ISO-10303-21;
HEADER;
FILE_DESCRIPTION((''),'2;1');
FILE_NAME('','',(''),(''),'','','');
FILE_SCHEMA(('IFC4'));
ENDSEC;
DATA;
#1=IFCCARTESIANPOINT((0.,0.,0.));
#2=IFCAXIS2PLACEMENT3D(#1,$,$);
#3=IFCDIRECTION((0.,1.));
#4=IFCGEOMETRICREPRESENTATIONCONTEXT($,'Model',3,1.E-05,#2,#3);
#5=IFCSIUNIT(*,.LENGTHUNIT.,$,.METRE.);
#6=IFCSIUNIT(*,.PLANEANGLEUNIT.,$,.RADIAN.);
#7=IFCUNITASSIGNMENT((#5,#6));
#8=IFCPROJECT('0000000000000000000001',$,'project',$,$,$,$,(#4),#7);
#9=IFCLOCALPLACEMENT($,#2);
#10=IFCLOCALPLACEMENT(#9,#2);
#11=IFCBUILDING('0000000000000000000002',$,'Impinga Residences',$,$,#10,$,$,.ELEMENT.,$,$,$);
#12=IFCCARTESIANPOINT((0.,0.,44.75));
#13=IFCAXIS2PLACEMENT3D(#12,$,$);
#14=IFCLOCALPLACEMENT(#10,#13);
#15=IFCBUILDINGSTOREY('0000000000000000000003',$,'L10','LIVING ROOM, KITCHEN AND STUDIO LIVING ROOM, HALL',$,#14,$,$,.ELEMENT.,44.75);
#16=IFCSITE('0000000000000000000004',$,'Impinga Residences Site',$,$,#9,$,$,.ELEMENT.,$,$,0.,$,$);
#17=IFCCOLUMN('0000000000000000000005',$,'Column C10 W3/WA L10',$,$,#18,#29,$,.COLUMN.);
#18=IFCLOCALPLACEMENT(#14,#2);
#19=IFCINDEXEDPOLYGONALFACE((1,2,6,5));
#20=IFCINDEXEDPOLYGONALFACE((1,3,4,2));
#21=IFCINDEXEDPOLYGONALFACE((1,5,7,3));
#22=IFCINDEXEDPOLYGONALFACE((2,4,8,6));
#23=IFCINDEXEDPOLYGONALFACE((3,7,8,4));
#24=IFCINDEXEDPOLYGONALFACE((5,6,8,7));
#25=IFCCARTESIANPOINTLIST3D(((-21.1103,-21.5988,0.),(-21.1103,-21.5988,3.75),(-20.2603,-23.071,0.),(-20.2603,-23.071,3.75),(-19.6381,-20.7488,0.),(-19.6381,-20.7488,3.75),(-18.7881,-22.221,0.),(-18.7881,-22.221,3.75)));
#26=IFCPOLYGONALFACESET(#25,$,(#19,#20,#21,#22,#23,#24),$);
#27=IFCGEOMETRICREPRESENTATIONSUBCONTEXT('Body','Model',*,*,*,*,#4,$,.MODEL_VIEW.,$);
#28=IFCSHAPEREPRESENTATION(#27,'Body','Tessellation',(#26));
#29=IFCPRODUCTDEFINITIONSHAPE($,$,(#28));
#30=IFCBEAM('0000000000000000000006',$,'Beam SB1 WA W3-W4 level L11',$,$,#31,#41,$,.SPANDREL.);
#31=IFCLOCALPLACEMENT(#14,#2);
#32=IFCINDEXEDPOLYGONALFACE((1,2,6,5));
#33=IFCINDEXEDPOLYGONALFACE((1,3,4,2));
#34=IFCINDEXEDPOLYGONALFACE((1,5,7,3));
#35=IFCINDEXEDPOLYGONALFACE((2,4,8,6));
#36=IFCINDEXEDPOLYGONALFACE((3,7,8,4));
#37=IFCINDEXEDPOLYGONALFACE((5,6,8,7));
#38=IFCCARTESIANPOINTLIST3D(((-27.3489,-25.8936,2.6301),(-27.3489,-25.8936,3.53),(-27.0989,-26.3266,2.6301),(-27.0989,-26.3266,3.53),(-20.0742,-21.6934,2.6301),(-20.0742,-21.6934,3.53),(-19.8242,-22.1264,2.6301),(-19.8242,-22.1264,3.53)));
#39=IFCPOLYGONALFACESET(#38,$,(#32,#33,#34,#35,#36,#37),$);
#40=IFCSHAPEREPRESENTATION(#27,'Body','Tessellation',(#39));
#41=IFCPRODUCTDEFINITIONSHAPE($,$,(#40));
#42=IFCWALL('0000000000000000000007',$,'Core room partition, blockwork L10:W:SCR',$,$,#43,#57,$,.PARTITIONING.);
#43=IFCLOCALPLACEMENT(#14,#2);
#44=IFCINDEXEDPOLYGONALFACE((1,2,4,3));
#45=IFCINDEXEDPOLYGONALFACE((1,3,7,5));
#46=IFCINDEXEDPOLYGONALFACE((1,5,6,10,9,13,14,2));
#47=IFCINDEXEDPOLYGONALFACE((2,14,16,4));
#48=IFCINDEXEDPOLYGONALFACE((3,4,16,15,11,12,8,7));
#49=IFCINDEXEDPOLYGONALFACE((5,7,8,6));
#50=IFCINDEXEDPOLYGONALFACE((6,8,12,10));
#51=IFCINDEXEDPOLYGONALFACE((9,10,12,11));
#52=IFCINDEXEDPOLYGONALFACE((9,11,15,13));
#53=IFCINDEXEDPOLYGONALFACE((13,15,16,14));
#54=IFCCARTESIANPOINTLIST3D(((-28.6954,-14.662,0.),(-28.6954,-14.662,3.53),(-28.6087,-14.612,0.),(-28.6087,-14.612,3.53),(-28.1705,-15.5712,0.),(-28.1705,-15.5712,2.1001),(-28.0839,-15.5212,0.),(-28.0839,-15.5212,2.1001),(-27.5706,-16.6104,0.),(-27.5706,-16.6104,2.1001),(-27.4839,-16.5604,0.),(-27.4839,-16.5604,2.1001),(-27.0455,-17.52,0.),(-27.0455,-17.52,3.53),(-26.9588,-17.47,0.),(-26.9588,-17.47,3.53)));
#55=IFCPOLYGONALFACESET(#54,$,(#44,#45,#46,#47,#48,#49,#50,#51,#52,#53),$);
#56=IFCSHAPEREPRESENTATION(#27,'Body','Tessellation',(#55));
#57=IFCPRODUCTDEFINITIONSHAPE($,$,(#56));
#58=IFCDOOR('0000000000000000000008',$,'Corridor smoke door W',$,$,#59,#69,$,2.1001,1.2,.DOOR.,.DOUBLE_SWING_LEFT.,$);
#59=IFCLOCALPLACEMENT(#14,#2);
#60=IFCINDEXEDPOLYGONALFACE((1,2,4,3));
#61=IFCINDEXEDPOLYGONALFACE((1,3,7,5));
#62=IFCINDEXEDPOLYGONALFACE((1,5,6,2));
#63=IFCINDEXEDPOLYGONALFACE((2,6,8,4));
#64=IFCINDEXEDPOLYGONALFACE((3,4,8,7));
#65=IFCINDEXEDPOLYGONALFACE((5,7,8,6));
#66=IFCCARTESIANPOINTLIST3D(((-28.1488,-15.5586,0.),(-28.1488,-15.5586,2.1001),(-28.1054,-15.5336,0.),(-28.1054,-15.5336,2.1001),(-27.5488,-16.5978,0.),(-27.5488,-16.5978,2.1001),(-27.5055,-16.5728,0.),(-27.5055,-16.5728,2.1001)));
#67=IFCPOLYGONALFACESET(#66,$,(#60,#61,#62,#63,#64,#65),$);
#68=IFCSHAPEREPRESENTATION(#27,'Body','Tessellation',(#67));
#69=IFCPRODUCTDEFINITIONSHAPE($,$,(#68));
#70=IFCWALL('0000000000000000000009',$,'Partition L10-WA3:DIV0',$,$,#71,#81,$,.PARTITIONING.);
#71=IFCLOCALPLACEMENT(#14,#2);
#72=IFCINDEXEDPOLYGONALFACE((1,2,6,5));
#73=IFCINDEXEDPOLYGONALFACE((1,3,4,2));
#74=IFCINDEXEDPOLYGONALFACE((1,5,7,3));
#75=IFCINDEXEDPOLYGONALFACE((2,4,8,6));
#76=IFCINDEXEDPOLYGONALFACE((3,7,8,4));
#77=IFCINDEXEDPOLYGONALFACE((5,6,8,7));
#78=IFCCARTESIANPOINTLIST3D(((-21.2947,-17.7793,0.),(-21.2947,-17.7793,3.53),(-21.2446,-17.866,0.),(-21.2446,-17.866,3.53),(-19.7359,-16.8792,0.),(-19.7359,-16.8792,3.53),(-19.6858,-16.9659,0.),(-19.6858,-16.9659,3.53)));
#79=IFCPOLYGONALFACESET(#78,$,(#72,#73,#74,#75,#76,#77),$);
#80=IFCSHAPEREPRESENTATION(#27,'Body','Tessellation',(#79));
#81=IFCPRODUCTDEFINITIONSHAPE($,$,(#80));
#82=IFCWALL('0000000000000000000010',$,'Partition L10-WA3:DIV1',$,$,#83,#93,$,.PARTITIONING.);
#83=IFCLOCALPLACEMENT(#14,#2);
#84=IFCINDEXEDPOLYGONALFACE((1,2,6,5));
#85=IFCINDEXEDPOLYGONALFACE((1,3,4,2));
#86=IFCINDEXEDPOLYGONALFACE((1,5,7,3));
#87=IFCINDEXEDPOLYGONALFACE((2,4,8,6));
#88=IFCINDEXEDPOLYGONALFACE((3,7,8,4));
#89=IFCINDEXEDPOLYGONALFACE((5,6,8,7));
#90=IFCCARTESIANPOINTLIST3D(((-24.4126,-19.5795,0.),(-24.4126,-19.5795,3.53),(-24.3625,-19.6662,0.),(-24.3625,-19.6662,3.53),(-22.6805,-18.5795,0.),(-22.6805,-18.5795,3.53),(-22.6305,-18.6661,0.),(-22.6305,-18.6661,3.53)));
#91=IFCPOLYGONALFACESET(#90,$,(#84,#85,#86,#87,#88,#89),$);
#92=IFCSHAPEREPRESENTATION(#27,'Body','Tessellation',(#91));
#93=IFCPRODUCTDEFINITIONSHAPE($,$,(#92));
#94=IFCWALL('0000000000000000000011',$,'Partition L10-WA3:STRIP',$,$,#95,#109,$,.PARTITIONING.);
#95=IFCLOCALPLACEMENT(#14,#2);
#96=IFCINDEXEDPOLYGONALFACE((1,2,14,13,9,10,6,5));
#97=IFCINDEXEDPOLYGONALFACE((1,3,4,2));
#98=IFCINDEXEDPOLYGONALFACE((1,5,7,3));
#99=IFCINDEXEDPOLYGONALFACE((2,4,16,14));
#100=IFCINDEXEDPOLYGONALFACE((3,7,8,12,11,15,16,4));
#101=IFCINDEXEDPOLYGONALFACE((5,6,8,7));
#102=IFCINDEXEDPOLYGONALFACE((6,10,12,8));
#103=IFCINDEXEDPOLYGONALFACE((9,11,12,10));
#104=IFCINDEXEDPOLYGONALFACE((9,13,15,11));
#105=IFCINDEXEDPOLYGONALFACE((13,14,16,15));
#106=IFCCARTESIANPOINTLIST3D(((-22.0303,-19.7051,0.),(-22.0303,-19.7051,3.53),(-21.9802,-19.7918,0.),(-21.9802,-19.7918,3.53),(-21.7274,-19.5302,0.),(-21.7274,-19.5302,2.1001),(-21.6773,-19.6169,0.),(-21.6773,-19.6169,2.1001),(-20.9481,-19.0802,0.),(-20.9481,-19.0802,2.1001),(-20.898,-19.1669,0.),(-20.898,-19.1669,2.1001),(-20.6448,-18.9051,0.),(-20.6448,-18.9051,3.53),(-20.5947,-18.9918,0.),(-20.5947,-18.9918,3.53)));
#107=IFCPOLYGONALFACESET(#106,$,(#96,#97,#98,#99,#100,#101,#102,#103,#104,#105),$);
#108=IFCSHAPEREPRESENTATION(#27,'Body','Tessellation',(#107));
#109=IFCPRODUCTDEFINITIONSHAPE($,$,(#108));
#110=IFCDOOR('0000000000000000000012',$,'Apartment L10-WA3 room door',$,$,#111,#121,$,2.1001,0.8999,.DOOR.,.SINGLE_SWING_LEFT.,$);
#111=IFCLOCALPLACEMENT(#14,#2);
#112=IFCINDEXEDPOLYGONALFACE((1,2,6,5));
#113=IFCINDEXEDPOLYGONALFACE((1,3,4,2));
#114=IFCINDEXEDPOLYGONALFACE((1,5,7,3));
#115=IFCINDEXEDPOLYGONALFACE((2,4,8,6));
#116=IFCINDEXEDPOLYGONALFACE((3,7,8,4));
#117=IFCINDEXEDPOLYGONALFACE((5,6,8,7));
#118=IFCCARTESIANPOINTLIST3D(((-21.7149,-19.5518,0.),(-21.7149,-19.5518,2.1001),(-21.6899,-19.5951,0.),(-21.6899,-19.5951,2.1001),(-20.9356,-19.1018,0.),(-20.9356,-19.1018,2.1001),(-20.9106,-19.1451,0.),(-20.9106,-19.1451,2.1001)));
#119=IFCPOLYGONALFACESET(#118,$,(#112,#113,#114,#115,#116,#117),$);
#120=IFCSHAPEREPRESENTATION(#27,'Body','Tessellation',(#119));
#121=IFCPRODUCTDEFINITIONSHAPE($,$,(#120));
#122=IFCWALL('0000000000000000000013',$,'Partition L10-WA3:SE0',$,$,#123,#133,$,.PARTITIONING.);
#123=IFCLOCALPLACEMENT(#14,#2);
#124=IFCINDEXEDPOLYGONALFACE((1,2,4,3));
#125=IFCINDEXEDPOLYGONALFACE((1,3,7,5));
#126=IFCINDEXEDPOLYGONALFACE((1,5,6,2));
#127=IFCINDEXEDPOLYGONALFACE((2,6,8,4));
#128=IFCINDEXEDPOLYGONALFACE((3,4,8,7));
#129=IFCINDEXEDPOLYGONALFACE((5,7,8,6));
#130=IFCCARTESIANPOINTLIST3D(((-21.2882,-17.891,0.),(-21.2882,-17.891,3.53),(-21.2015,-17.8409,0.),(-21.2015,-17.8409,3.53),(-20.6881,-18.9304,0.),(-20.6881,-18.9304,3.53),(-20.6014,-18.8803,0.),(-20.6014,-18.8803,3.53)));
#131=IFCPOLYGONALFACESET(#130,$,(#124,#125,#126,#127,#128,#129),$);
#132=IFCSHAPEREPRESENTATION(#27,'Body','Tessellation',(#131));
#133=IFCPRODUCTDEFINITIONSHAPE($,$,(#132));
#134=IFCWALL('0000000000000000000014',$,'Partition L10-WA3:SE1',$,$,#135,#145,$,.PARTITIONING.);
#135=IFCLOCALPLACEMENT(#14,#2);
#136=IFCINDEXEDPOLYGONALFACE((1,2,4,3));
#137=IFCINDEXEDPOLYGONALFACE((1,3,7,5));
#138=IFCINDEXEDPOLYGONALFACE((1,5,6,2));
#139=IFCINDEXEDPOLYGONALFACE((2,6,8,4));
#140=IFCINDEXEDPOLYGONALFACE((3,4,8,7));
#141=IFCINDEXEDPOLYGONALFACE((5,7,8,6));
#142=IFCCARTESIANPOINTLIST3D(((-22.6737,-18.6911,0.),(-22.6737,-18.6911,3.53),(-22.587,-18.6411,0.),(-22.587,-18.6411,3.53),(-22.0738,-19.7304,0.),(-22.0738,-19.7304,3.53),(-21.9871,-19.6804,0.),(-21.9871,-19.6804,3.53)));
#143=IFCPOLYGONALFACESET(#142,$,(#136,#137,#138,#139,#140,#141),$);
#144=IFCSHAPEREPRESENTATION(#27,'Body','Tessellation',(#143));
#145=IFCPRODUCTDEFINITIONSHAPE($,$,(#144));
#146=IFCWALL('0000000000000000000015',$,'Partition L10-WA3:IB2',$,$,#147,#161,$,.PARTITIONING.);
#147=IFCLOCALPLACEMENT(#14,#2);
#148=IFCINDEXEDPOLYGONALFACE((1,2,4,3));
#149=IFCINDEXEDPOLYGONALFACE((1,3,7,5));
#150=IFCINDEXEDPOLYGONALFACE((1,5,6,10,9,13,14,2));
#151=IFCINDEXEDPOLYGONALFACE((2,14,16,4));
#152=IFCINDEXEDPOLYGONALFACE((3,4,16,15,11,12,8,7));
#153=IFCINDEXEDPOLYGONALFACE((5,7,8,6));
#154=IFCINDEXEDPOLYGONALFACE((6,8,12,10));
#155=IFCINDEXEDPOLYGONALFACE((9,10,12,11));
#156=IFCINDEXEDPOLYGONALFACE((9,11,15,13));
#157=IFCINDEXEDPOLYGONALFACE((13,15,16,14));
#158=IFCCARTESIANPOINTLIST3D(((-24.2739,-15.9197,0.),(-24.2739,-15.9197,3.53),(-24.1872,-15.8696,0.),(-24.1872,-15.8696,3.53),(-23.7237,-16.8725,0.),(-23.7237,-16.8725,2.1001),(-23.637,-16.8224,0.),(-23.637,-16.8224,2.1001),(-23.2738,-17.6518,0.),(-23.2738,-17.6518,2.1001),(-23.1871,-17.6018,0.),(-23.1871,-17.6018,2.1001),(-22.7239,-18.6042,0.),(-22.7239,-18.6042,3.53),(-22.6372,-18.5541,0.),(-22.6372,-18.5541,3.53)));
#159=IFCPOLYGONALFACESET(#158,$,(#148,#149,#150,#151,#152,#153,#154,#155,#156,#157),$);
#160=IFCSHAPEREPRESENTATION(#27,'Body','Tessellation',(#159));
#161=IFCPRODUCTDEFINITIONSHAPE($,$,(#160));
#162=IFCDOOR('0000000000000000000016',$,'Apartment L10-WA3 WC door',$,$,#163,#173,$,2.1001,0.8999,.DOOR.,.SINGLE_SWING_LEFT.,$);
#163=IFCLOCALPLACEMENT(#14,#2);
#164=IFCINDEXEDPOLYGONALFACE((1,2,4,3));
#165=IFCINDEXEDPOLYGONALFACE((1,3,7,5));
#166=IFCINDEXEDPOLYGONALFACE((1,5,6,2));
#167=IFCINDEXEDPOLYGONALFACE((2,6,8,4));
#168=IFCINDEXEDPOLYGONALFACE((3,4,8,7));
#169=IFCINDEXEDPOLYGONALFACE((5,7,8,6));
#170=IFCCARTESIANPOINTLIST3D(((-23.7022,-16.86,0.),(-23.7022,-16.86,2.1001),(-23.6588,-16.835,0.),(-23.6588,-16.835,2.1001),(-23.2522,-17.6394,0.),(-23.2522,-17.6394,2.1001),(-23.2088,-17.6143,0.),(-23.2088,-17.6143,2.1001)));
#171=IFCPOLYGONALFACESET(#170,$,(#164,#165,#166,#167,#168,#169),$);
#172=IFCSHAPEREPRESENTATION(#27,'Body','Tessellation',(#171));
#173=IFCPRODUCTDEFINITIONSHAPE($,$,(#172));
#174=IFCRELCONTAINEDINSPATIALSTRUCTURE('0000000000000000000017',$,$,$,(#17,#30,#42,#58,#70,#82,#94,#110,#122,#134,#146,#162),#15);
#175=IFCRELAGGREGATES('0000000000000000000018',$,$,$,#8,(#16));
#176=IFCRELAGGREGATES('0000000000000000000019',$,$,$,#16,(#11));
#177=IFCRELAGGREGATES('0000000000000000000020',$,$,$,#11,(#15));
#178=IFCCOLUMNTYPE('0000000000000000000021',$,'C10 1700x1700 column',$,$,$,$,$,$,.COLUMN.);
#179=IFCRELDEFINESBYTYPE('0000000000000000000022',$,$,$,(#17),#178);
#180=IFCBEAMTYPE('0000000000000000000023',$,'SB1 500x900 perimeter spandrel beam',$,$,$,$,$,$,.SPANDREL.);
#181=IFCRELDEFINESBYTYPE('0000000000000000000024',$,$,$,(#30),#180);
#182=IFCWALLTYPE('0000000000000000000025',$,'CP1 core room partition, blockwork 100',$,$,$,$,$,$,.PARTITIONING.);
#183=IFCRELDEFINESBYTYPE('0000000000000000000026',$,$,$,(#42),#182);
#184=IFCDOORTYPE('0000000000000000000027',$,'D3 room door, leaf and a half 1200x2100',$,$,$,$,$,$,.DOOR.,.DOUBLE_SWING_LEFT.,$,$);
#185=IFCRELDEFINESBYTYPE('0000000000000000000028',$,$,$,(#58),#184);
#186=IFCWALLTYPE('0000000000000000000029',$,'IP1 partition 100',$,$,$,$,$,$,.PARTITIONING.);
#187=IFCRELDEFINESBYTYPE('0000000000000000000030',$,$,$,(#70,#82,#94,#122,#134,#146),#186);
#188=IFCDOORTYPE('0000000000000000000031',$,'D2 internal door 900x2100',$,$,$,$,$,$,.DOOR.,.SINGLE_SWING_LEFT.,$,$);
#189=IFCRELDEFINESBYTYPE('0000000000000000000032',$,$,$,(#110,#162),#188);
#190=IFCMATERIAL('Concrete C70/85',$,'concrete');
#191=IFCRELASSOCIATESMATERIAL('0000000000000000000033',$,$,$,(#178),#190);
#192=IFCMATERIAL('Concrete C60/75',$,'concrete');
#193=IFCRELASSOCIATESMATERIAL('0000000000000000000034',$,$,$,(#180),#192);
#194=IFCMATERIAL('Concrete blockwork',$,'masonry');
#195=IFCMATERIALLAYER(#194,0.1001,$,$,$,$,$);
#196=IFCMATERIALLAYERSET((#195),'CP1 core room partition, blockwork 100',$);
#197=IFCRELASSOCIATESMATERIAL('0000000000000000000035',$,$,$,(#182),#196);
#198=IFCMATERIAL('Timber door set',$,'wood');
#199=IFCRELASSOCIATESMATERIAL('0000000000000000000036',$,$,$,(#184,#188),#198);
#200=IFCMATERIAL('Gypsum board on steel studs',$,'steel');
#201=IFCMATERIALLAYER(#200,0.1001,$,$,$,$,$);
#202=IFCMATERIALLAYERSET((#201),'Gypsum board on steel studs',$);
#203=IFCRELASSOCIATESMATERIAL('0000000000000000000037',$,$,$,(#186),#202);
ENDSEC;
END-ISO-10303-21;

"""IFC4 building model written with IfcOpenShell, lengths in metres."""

from ifc_helpers import new_model, si_unit, direction, frame, frame_2d, origin, origin_2d, place, context, subcontext, project, spatial, rectangle, extrude, material, layer, layer_set, material_profile, profile_set, type_object, element, fill, save


model = new_model("IFC4")

# Units and contexts
model_context = context("Model", 3, precision=1e-05, world=origin(), true_north=direction((0.0, 1.0)))
body_context = subcontext(model_context, "Body", "Model", "MODEL_VIEW")
ifc_project = project(units=[si_unit("LENGTHUNIT", "METRE"), si_unit("PLANEANGLEUNIT", "RADIAN")], contexts=[model_context])

# Site, building, storey
site_placement = place(None, origin())
site = spatial("IfcSite", under=ifc_project, at=site_placement, Name="Impinga Residences Site", CompositionType="ELEMENT", RefElevation=0.0)
building_placement = place(site_placement, origin())
building = spatial("IfcBuilding", under=site, at=building_placement, Name="Impinga Residences", CompositionType="ELEMENT")
storey_placement = place(building_placement, frame((0.0, 0.0, 44.75)))
storey = spatial("IfcBuildingStorey", under=building, at=storey_placement, Name="L10", Description="LIVING ROOM, KITCHEN AND STUDIO LIVING ROOM, HALL", CompositionType="ELEMENT", Elevation=44.75)

# Column
ifc_material_1 = material(Name="Concrete C70/85", Category="concrete")
ifc_material_profile_1 = material_profile(ifc_material_1, rectangle(XDim=1.7, YDim=1.7, at=origin_2d()), Name="RC 1700x1700")
ifc_profile_set_1 = profile_set([ifc_material_profile_1], Name="Concrete C70/85")
column_type = type_object("IfcColumnType", Name="C10 1700x1700 column", PredefinedType="COLUMN", material=ifc_profile_set_1)
column_placement = place(storey_placement, frame((-19.9492, -21.9099, 0.0), z_axis=(0.0, 0.0, 1.0), x_axis=(-0.5, 0.866025, 0.0)))
element("IfcColumn", 1, at=column_placement, inside=storey, type_object=column_type, Name="Column C10 W3/WA L10", PredefinedType="COLUMN", context=body_context, shape_type="SweptSolid", body=[
    extrude(rectangle(XDim=1.7, YDim=1.7, at=origin_2d()), origin(), (0.0, 0.0, 1.0), 3.75),
])

# Beam
ifc_material_2 = material(Name="Concrete C60/75", Category="concrete")
ifc_material_profile_2 = material_profile(ifc_material_2, rectangle(XDim=0.5, YDim=0.8999, at=origin_2d()), Name="RC 500x900")
ifc_profile_set_2 = profile_set([ifc_material_profile_2], Name="Concrete C60/75")
beam_type = type_object("IfcBeamType", Name="SB1 500x900 perimeter spandrel beam", PredefinedType="SPANDREL", material=ifc_profile_set_2)
beam_placement = place(storey_placement, frame((-19.9492, -21.9099, 3.0801), z_axis=(-0.866017, -0.500015, 0.0), x_axis=(0.500015, -0.866017, 0.0)))
element("IfcBeam", 2, at=beam_placement, inside=storey, type_object=beam_type, Name="Beam SB1 WA W3-W4 level L11", PredefinedType="SPANDREL", context=body_context, shape_type="SweptSolid", body=[
    extrude(rectangle(XDim=0.5, YDim=0.8999, at=origin_2d()), origin(), (0.0, 0.0, 1.0), 8.4001),
])

# Wall, opening, door
ifc_material_3 = material(Name="Concrete blockwork", Category="masonry")
ifc_layer_1 = layer(ifc_material_3, 0.1001)
ifc_layer_set_1 = layer_set([ifc_layer_1], Name="CP1 core room partition, blockwork 100")
wall_type_1 = type_object("IfcWallType", Name="CP1 core room partition, blockwork 100", PredefinedType="PARTITIONING", material=ifc_layer_set_1)
wall_1_placement = place(storey_placement, frame((-27.0022, -17.4949, 0.0), z_axis=(0.0, 0.0, 1.0), x_axis=(-0.499974, 0.86604, 0.0)))
wall_1 = element("IfcWall", 3, at=wall_1_placement, inside=storey, type_object=wall_type_1, Name="Core room partition, blockwork L10:W:SCR", PredefinedType="PARTITIONING", context=body_context, shape_type="SweptSolid", body=[
    extrude(rectangle(XDim=3.3, YDim=0.1001, at=frame_2d((1.6499, 0.0))), origin(), (0.0, 0.0, 1.0), 3.53),
])
opening_1_placement = place(wall_1_placement, frame((1.05, 0.0, 0.0)))
opening_1 = element("IfcOpeningElement", 4, at=opening_1_placement, cuts=wall_1, PredefinedType="OPENING", context=body_context, shape_type="SweptSolid", body=[
    extrude(rectangle(XDim=1.2, YDim=2.1001, at=frame_2d((0.6001, 1.05))), frame((0.0, 0.0601, 0.0), z_axis=(0.0, -1.0, 0.0), x_axis=(1.0, 0.0, 0.0)), (0.0, 0.0, 1.0), 0.1201),
])
ifc_material_4 = material(Name="Timber door set", Category="wood")
door_type_1 = type_object("IfcDoorType", Name="D3 room door, leaf and a half 1200x2100", OperationType="DOUBLE_SWING_LEFT", PredefinedType="DOOR", material=ifc_material_4)
door_1_placement = place(opening_1_placement, origin())
door_1 = element("IfcDoor", 5, at=door_1_placement, inside=storey, type_object=door_type_1, Name="Corridor smoke door W", OperationType="DOUBLE_SWING_LEFT", OverallHeight=2.1001, OverallWidth=1.2, PredefinedType="DOOR", context=body_context, shape_type="SweptSolid", body=[
    extrude(rectangle(XDim=1.2, YDim=2.1001, at=frame_2d((0.6001, 1.05))), frame((0.0, 0.0249, 0.0), z_axis=(0.0, -1.0, 0.0), x_axis=(1.0, 0.0, 0.0)), (0.0, 0.0, 1.0), 0.05),
])
fill(opening_1, door_1)

# Walls
ifc_material_5 = material(Name="Gypsum board on steel studs", Category="steel")
ifc_layer_2 = layer(ifc_material_5, 0.1001)
ifc_layer_set_2 = layer_set([ifc_layer_2], Name="Gypsum board on steel studs")
wall_type_2 = type_object("IfcWallType", Name="IP1 partition 100", PredefinedType="PARTITIONING", material=ifc_layer_set_2)
wall_2_placement = place(storey_placement, frame((-19.7109, -16.9226, 0.0), z_axis=(0.0, 0.0, 1.0), x_axis=(-0.865989, -0.500063, 0.0)))
element("IfcWall", 6, at=wall_2_placement, inside=storey, type_object=wall_type_2, Name="Partition L10-WA3:DIV0", PredefinedType="PARTITIONING", context=body_context, shape_type="SweptSolid", body=[
    extrude(rectangle(XDim=1.8, YDim=0.1001, at=frame_2d((0.8999, 0.0))), origin(), (0.0, 0.0, 1.0), 3.53),
])
wall_3_placement = place(storey_placement, frame((-22.6555, -18.6228, 0.0), z_axis=(0.0, 0.0, 1.0), x_axis=(-0.866011, -0.500025, 0.0)))
element("IfcWall", 7, at=wall_3_placement, inside=storey, type_object=wall_type_2, Name="Partition L10-WA3:DIV1", PredefinedType="PARTITIONING", context=body_context, shape_type="SweptSolid", body=[
    extrude(rectangle(XDim=2.0, YDim=0.1001, at=frame_2d((1.0, 0.0))), origin(), (0.0, 0.0, 1.0), 3.53),
])

# Wall, opening, door
wall_4_placement = place(storey_placement, frame((-20.6199, -18.9485, 0.0), z_axis=(0.0, 0.0, 1.0), x_axis=(-0.86599, -0.500061, 0.0)))
wall_4 = element("IfcWall", 8, at=wall_4_placement, inside=storey, type_object=wall_type_2, Name="Partition L10-WA3:STRIP", PredefinedType="PARTITIONING", context=body_context, shape_type="SweptSolid", body=[
    extrude(rectangle(XDim=1.5999, YDim=0.1001, at=frame_2d((0.7998, 0.0))), origin(), (0.0, 0.0, 1.0), 3.53),
])
opening_2_placement = place(wall_4_placement, frame((0.3501, 0.0, 0.0)))
opening_2 = element("IfcOpeningElement", 9, at=opening_2_placement, cuts=wall_4, PredefinedType="OPENING", context=body_context, shape_type="SweptSolid", body=[
    extrude(rectangle(XDim=0.8999, YDim=2.1001, at=frame_2d((0.45, 1.05))), frame((0.0, 0.0601, 0.0), z_axis=(0.0, -1.0, 0.0), x_axis=(1.0, 0.0, 0.0)), (0.0, 0.0, 1.0), 0.1201),
])
door_type_2 = type_object("IfcDoorType", Name="D2 internal door 900x2100", OperationType="SINGLE_SWING_LEFT", PredefinedType="DOOR", material=ifc_material_4)
door_2_placement = place(opening_2_placement, origin())
door_2 = element("IfcDoor", 10, at=door_2_placement, inside=storey, type_object=door_type_2, Name="Apartment L10-WA3 room door", OperationType="SINGLE_SWING_LEFT", OverallHeight=2.1001, OverallWidth=0.8999, PredefinedType="DOOR", context=body_context, shape_type="SweptSolid", body=[
    extrude(rectangle(XDim=0.8999, YDim=2.1001, at=frame_2d((0.45, 1.05))), frame((0.0, 0.0249, 0.0), z_axis=(0.0, -1.0, 0.0), x_axis=(1.0, 0.0, 0.0)), (0.0, 0.0, 1.0), 0.05),
])
fill(opening_2, door_2)

# Walls
wall_5_placement = place(storey_placement, frame((-21.2449, -17.866, 0.0), z_axis=(0.0, 0.0, 1.0), x_axis=(0.500034, -0.866006, 0.0)))
element("IfcWall", 11, at=wall_5_placement, inside=storey, type_object=wall_type_2, Name="Partition L10-WA3:SE0", PredefinedType="PARTITIONING", context=body_context, shape_type="SweptSolid", body=[
    extrude(rectangle(XDim=1.2002, YDim=0.1001, at=frame_2d((0.6001, 0.0))), origin(), (0.0, 0.0, 1.0), 3.53),
])
wall_6_placement = place(storey_placement, frame((-22.6304, -18.666, 0.0), z_axis=(0.0, 0.0, 1.0), x_axis=(0.499881, -0.866094, 0.0)))
element("IfcWall", 12, at=wall_6_placement, inside=storey, type_object=wall_type_2, Name="Partition L10-WA3:SE1", PredefinedType="PARTITIONING", context=body_context, shape_type="SweptSolid", body=[
    extrude(rectangle(XDim=1.2, YDim=0.1001, at=frame_2d((0.6001, 0.0))), origin(), (0.0, 0.0, 1.0), 3.53),
])

# Wall, opening, door
wall_7_placement = place(storey_placement, frame((-24.2305, -15.8948, 0.0), z_axis=(0.0, 0.0, 1.0), x_axis=(0.500027, -0.86601, 0.0)))
wall_7 = element("IfcWall", 13, at=wall_7_placement, inside=storey, type_object=wall_type_2, Name="Partition L10-WA3:IB2", PredefinedType="PARTITIONING", context=body_context, shape_type="SweptSolid", body=[
    extrude(rectangle(XDim=3.0999, YDim=0.1001, at=frame_2d((1.5498, 0.0))), origin(), (0.0, 0.0, 1.0), 3.53),
])
opening_3_placement = place(wall_7_placement, frame((1.1001, 0.0, 0.0)))
opening_3 = element("IfcOpeningElement", 14, at=opening_3_placement, cuts=wall_7, PredefinedType="OPENING", context=body_context, shape_type="SweptSolid", body=[
    extrude(rectangle(XDim=0.8999, YDim=2.1001, at=frame_2d((0.45, 1.05))), frame((0.0, 0.0601, 0.0), z_axis=(0.0, -1.0, 0.0), x_axis=(1.0, 0.0, 0.0)), (0.0, 0.0, 1.0), 0.1201),
])
door_3_placement = place(opening_3_placement, origin())
door_3 = element("IfcDoor", 15, at=door_3_placement, inside=storey, type_object=door_type_2, Name="Apartment L10-WA3 WC door", OperationType="SINGLE_SWING_LEFT", OverallHeight=2.1001, OverallWidth=0.8999, PredefinedType="DOOR", context=body_context, shape_type="SweptSolid", body=[
    extrude(rectangle(XDim=0.8999, YDim=2.1001, at=frame_2d((0.45, 1.05))), frame((0.0, 0.0249, 0.0), z_axis=(0.0, -1.0, 0.0), x_axis=(1.0, 0.0, 0.0)), (0.0, 0.0, 1.0), 0.05),
])
fill(opening_3, door_3)

save(model, "model.ifc")
